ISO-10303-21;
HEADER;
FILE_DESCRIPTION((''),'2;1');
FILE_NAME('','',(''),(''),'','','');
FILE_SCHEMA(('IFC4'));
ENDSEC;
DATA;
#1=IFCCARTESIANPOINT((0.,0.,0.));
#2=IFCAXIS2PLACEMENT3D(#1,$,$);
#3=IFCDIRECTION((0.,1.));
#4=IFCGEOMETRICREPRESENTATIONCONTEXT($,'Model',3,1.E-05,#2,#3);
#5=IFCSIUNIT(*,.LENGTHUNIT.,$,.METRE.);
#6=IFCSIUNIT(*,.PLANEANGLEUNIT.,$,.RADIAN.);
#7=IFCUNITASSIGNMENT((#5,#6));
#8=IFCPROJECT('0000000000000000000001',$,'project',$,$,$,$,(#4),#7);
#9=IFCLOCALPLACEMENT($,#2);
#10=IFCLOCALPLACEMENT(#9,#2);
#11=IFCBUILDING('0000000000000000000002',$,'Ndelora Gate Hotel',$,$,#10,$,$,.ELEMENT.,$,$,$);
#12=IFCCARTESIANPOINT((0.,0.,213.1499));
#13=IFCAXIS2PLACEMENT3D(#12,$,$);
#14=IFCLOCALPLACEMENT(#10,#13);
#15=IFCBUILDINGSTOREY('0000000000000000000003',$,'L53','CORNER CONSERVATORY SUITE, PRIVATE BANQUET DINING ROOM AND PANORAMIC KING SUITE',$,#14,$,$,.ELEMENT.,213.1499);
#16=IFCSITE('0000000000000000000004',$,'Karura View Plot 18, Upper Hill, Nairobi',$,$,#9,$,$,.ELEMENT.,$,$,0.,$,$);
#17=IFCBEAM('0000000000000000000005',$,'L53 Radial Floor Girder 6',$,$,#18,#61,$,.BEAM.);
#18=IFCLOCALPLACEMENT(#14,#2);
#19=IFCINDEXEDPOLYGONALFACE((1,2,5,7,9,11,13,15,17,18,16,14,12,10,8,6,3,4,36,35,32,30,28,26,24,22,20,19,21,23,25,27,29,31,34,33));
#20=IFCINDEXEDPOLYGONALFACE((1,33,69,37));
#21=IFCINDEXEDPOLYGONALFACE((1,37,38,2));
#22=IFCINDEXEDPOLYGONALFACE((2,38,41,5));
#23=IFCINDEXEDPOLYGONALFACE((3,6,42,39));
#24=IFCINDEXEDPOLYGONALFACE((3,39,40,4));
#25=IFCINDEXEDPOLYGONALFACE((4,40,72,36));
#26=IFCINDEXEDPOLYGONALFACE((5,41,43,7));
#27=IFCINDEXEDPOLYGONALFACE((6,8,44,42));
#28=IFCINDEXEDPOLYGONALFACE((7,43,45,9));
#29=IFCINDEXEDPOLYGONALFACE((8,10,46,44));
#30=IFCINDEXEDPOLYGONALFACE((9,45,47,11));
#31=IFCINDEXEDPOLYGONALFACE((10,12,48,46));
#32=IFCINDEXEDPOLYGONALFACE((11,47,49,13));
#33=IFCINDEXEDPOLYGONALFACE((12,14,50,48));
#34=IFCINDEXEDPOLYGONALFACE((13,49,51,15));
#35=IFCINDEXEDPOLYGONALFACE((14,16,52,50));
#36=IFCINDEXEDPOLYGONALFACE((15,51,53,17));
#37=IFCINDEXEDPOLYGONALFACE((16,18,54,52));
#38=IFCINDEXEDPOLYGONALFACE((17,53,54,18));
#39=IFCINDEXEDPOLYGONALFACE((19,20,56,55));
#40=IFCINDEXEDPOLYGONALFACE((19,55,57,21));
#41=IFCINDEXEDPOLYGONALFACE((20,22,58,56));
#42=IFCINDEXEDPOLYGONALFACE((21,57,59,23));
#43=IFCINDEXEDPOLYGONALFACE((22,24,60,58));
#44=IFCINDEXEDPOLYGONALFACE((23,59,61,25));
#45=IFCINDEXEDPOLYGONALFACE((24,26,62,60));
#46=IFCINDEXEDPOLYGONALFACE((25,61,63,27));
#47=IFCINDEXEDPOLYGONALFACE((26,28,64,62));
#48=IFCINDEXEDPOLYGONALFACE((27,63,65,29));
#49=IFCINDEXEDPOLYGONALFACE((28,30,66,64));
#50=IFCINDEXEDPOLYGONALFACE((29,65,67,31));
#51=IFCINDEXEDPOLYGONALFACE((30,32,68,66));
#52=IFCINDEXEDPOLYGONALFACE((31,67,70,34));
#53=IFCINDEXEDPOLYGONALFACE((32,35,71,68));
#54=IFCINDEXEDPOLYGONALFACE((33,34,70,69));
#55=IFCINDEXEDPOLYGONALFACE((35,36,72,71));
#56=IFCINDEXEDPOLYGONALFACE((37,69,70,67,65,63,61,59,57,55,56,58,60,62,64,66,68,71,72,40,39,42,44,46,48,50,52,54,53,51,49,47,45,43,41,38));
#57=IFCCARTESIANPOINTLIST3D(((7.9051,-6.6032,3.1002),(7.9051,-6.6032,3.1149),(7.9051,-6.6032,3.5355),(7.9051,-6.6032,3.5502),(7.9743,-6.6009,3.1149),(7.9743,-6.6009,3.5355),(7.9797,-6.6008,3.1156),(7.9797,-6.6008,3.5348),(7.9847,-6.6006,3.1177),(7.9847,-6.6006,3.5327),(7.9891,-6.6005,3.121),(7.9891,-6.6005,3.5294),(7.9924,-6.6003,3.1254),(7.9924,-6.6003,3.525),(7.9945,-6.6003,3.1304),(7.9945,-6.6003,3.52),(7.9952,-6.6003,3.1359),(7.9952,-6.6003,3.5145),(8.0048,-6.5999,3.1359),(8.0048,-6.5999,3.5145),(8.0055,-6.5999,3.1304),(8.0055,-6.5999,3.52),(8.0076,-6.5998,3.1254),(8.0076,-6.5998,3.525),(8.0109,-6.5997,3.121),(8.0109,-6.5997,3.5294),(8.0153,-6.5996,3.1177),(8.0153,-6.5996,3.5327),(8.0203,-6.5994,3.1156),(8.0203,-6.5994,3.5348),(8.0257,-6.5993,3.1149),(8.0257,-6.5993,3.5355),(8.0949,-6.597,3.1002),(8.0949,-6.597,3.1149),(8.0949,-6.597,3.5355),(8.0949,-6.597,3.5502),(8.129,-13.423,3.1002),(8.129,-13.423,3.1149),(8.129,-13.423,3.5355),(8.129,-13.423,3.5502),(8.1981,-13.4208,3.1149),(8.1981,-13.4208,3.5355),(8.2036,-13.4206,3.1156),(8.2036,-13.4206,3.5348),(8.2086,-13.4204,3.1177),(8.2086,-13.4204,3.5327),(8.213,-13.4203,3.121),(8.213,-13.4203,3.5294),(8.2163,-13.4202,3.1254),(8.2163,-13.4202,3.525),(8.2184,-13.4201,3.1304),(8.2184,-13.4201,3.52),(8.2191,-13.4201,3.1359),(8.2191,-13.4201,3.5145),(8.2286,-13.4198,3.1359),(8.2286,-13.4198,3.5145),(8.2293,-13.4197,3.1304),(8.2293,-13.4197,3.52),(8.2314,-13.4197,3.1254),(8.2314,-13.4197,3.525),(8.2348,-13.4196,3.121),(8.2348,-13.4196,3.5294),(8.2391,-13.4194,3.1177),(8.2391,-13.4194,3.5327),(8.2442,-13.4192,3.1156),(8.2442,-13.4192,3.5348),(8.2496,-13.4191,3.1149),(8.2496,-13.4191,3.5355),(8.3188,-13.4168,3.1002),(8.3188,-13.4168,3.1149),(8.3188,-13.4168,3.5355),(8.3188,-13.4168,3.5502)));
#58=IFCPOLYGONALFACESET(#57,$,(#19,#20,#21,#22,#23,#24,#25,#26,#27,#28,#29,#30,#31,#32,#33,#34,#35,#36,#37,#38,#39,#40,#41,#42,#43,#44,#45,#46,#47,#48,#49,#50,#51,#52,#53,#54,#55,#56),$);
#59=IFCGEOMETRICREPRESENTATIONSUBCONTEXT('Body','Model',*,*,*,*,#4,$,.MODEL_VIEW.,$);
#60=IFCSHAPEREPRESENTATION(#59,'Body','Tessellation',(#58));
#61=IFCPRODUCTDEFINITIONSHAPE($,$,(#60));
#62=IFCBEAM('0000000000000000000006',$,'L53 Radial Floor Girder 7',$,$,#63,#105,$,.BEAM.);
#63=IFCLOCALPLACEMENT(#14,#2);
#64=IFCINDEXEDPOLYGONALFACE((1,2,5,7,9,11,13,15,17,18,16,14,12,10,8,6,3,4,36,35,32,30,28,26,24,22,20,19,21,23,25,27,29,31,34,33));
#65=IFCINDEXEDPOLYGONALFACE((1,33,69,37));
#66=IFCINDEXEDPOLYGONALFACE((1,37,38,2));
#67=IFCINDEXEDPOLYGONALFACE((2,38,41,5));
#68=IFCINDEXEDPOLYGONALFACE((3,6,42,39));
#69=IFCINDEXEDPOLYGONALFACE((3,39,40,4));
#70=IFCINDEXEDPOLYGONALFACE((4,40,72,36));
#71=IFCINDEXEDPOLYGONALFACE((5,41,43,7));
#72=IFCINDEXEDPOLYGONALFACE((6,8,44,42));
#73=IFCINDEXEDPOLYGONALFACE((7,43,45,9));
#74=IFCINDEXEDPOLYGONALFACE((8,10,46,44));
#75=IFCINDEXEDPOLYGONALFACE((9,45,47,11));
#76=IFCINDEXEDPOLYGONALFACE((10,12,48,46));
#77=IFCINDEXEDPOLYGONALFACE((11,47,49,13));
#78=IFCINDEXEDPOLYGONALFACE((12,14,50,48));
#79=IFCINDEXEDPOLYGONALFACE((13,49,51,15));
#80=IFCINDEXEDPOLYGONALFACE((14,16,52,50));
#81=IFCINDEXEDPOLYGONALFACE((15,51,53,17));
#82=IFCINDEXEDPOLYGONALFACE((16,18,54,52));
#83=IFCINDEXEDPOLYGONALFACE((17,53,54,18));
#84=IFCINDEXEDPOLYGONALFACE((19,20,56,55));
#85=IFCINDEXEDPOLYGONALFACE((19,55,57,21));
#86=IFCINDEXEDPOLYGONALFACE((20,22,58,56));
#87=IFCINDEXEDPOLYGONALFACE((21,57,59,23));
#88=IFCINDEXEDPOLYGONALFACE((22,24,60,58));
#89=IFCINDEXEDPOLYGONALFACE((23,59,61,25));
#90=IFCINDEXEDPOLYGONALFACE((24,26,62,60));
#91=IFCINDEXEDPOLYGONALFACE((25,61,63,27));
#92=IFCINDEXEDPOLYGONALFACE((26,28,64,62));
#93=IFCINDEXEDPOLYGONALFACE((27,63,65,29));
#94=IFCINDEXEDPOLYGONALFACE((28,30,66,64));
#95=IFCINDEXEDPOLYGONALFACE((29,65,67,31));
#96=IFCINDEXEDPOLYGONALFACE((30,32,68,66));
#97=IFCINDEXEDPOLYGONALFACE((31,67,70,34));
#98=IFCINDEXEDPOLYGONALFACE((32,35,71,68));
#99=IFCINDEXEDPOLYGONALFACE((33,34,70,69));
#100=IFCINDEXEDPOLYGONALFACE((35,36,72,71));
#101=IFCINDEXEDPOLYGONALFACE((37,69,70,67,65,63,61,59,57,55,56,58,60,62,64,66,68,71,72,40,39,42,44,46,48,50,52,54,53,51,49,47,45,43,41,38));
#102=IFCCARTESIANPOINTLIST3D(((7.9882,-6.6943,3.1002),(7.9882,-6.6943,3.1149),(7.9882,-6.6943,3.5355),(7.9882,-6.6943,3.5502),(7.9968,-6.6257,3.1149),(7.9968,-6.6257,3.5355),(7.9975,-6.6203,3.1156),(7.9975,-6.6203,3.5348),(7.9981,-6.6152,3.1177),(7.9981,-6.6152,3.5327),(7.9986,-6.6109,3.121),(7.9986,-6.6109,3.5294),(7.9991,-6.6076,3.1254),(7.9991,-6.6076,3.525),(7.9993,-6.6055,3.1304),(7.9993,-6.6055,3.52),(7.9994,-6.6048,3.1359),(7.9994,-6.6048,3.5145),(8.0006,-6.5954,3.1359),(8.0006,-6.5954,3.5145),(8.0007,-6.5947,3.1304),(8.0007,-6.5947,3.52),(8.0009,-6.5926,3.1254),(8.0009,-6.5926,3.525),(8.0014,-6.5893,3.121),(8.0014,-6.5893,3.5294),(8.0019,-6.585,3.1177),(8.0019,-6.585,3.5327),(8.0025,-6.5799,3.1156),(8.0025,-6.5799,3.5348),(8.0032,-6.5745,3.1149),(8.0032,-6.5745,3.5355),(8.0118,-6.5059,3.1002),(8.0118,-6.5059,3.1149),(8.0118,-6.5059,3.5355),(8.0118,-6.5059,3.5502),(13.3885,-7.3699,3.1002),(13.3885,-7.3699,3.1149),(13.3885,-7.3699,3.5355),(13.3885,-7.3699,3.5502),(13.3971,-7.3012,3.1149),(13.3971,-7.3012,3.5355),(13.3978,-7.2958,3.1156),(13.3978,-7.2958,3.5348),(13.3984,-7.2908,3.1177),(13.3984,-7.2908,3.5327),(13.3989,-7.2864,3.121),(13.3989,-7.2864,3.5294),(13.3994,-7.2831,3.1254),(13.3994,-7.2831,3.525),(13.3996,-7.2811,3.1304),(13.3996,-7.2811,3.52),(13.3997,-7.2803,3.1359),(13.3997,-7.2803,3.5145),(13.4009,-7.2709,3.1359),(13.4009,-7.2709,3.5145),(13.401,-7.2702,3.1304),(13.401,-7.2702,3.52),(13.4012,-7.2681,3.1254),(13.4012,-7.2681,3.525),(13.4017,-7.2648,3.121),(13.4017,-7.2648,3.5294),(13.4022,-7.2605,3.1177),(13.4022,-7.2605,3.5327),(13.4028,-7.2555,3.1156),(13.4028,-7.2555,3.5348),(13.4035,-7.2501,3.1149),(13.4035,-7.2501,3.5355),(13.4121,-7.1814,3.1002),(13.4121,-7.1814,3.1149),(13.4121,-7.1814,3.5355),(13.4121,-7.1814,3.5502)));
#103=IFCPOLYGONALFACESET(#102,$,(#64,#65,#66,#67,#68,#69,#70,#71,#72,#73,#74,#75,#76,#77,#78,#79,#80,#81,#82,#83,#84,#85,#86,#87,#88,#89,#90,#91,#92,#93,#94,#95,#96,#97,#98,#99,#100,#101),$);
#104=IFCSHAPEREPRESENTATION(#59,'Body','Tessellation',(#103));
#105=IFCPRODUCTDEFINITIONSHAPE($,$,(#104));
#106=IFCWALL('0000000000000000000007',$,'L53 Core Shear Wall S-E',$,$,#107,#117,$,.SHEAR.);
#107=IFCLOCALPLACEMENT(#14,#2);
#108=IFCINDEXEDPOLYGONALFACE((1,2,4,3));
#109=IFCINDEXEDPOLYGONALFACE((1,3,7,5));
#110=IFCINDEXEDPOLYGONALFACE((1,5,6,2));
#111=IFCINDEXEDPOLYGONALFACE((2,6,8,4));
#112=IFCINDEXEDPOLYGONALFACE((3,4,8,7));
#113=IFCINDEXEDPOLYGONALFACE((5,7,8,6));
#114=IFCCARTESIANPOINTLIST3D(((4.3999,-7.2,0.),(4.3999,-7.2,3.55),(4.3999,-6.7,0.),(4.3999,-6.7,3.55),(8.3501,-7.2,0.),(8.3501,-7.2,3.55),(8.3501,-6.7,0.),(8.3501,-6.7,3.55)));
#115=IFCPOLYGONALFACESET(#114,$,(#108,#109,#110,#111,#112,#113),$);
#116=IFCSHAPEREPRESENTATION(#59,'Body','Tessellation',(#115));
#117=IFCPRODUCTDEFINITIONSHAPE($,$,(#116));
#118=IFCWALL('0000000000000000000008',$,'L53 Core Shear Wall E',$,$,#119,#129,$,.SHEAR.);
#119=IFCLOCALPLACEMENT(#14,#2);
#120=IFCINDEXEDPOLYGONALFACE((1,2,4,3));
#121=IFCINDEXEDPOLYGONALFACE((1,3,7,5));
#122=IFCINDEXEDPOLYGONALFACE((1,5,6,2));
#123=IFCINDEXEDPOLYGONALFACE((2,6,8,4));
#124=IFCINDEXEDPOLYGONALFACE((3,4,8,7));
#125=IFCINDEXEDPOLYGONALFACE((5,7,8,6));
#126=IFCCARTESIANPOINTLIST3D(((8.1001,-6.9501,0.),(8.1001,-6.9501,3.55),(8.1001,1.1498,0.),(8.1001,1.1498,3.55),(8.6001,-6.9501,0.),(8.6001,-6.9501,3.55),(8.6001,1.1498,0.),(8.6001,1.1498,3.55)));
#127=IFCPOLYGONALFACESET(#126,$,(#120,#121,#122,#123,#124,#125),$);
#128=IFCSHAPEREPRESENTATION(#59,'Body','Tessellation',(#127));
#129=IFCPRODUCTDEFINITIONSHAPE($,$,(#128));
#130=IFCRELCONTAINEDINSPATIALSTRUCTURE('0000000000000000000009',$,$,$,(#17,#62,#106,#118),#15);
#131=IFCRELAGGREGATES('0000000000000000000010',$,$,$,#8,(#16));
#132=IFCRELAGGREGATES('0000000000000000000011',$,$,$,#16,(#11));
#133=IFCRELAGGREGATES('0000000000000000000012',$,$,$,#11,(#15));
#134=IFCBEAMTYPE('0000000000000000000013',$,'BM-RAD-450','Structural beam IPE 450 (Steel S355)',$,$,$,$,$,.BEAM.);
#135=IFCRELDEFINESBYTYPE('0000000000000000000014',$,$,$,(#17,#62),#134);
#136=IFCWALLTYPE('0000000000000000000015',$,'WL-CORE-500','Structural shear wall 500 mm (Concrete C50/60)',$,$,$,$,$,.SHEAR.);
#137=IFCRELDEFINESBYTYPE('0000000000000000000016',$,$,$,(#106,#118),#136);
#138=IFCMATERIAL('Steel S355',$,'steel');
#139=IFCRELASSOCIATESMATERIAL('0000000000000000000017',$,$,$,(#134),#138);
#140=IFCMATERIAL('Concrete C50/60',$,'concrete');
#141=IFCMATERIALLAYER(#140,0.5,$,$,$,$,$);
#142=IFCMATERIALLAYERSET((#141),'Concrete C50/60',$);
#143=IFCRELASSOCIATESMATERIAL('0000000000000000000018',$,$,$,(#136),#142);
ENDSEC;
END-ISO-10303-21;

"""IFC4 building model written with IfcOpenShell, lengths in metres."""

from ifc_helpers import new_model, si_unit, direction, frame, frame_2d, origin, origin_2d, place, context, subcontext, project, spatial, rectangle, i_section, extrude, material, layer, layer_set, material_profile, profile_set, type_object, element, save


model = new_model("IFC4")

# Units and contexts
model_context = context("Model", 3, precision=1e-05, world=origin(), true_north=direction((0.0, 1.0)))
body_context = subcontext(model_context, "Body", "Model", "MODEL_VIEW")
ifc_project = project(units=[si_unit("LENGTHUNIT", "METRE"), si_unit("PLANEANGLEUNIT", "RADIAN")], contexts=[model_context])

# Site, building, storey
site_placement = place(None, origin())
site = spatial("IfcSite", under=ifc_project, at=site_placement, Name="Karura View Plot 18, Upper Hill, Nairobi", CompositionType="ELEMENT", RefElevation=0.0)
building_placement = place(site_placement, origin())
building = spatial("IfcBuilding", under=site, at=building_placement, Name="Ndelora Gate Hotel", CompositionType="ELEMENT")
storey_placement = place(building_placement, frame((0.0, 0.0, 213.1499)))
storey = spatial("IfcBuildingStorey", under=building, at=storey_placement, Name="L53", Description="CORNER CONSERVATORY SUITE, PRIVATE BANQUET DINING ROOM AND PANORAMIC KING SUITE", CompositionType="ELEMENT", Elevation=213.1499)

# Shared definitions
ifc_material_1 = material(Name="Concrete C50/60", Category="concrete")

# Beams
ifc_material_2 = material(Name="Steel S355", Category="steel")
ifc_material_profile_1 = material_profile(ifc_material_2, i_section(OverallWidth=0.1899, OverallDepth=0.45, WebThickness=0.0095, FlangeThickness=0.0146, FilletRadius=0.021, at=origin_2d()), Name="IPE 450")
ifc_profile_set_1 = profile_set([ifc_material_profile_1], Name="Steel S355")
beam_type_1 = type_object("IfcBeamType", Name="BM-RAD-450", Description="Structural beam IPE 450 (Steel S355)", PredefinedType="BEAM", material=ifc_profile_set_1)
beam_1_placement = place(storey_placement, frame((8.0, -6.6001, 3.3252), z_axis=(0.03281, -0.999462, 0.0), x_axis=(0.999462, 0.03281, 0.0)))
element("IfcBeam", 1, at=beam_1_placement, inside=storey, type_object=beam_type_1, Name="L53 Radial Floor Girder 6", PredefinedType="BEAM", context=body_context, shape_type="SweptSolid", body=[
    extrude(i_section(OverallWidth=0.1899, OverallDepth=0.45, WebThickness=0.0095, FlangeThickness=0.0146, FilletRadius=0.021, at=origin_2d()), origin(), (0.0, 0.0, 1.0), 6.8235),
])
beam_2_placement = place(storey_placement, frame((8.0, -6.6001, 3.3252), z_axis=(0.992267, -0.124123, 0.0), x_axis=(0.124123, 0.992267, 0.0)))
element("IfcBeam", 2, at=beam_2_placement, inside=storey, type_object=beam_type_1, Name="L53 Radial Floor Girder 7", PredefinedType="BEAM", context=body_context, shape_type="SweptSolid", body=[
    extrude(i_section(OverallWidth=0.1899, OverallDepth=0.45, WebThickness=0.0095, FlangeThickness=0.0146, FilletRadius=0.021, at=origin_2d()), origin(), (0.0, 0.0, 1.0), 5.4424),
])

# Walls
ifc_layer_1 = layer(ifc_material_1, 0.5)
ifc_layer_set_1 = layer_set([ifc_layer_1], Name="Concrete C50/60")
wall_type_1 = type_object("IfcWallType", Name="WL-CORE-500", Description="Structural shear wall 500 mm (Concrete C50/60)", PredefinedType="SHEAR", material=ifc_layer_set_1)
wall_1_placement = place(storey_placement, frame((4.3999, -6.95, 0.0), z_axis=(0.0, 0.0, 1.0), x_axis=(1.0, 0.0, 0.0)))
element("IfcWall", 3, at=wall_1_placement, inside=storey, type_object=wall_type_1, Name="L53 Core Shear Wall S-E", PredefinedType="SHEAR", context=body_context, shape_type="SweptSolid", body=[
    extrude(rectangle(XDim=3.9502, YDim=0.5, at=frame_2d((1.9751, 0.0))), origin(), (0.0, 0.0, 1.0), 3.55),
])
wall_2_placement = place(storey_placement, frame((8.3501, -6.95, 0.0), z_axis=(0.0, 0.0, 1.0), x_axis=(0.0, 1.0, 0.0)))
element("IfcWall", 4, at=wall_2_placement, inside=storey, type_object=wall_type_1, Name="L53 Core Shear Wall E", PredefinedType="SHEAR", context=body_context, shape_type="SweptSolid", body=[
    extrude(rectangle(XDim=8.0999, YDim=0.5, at=frame_2d((4.0498, 0.0))), origin(), (0.0, 0.0, 1.0), 3.55),
])

save(model, "model.ifc")
